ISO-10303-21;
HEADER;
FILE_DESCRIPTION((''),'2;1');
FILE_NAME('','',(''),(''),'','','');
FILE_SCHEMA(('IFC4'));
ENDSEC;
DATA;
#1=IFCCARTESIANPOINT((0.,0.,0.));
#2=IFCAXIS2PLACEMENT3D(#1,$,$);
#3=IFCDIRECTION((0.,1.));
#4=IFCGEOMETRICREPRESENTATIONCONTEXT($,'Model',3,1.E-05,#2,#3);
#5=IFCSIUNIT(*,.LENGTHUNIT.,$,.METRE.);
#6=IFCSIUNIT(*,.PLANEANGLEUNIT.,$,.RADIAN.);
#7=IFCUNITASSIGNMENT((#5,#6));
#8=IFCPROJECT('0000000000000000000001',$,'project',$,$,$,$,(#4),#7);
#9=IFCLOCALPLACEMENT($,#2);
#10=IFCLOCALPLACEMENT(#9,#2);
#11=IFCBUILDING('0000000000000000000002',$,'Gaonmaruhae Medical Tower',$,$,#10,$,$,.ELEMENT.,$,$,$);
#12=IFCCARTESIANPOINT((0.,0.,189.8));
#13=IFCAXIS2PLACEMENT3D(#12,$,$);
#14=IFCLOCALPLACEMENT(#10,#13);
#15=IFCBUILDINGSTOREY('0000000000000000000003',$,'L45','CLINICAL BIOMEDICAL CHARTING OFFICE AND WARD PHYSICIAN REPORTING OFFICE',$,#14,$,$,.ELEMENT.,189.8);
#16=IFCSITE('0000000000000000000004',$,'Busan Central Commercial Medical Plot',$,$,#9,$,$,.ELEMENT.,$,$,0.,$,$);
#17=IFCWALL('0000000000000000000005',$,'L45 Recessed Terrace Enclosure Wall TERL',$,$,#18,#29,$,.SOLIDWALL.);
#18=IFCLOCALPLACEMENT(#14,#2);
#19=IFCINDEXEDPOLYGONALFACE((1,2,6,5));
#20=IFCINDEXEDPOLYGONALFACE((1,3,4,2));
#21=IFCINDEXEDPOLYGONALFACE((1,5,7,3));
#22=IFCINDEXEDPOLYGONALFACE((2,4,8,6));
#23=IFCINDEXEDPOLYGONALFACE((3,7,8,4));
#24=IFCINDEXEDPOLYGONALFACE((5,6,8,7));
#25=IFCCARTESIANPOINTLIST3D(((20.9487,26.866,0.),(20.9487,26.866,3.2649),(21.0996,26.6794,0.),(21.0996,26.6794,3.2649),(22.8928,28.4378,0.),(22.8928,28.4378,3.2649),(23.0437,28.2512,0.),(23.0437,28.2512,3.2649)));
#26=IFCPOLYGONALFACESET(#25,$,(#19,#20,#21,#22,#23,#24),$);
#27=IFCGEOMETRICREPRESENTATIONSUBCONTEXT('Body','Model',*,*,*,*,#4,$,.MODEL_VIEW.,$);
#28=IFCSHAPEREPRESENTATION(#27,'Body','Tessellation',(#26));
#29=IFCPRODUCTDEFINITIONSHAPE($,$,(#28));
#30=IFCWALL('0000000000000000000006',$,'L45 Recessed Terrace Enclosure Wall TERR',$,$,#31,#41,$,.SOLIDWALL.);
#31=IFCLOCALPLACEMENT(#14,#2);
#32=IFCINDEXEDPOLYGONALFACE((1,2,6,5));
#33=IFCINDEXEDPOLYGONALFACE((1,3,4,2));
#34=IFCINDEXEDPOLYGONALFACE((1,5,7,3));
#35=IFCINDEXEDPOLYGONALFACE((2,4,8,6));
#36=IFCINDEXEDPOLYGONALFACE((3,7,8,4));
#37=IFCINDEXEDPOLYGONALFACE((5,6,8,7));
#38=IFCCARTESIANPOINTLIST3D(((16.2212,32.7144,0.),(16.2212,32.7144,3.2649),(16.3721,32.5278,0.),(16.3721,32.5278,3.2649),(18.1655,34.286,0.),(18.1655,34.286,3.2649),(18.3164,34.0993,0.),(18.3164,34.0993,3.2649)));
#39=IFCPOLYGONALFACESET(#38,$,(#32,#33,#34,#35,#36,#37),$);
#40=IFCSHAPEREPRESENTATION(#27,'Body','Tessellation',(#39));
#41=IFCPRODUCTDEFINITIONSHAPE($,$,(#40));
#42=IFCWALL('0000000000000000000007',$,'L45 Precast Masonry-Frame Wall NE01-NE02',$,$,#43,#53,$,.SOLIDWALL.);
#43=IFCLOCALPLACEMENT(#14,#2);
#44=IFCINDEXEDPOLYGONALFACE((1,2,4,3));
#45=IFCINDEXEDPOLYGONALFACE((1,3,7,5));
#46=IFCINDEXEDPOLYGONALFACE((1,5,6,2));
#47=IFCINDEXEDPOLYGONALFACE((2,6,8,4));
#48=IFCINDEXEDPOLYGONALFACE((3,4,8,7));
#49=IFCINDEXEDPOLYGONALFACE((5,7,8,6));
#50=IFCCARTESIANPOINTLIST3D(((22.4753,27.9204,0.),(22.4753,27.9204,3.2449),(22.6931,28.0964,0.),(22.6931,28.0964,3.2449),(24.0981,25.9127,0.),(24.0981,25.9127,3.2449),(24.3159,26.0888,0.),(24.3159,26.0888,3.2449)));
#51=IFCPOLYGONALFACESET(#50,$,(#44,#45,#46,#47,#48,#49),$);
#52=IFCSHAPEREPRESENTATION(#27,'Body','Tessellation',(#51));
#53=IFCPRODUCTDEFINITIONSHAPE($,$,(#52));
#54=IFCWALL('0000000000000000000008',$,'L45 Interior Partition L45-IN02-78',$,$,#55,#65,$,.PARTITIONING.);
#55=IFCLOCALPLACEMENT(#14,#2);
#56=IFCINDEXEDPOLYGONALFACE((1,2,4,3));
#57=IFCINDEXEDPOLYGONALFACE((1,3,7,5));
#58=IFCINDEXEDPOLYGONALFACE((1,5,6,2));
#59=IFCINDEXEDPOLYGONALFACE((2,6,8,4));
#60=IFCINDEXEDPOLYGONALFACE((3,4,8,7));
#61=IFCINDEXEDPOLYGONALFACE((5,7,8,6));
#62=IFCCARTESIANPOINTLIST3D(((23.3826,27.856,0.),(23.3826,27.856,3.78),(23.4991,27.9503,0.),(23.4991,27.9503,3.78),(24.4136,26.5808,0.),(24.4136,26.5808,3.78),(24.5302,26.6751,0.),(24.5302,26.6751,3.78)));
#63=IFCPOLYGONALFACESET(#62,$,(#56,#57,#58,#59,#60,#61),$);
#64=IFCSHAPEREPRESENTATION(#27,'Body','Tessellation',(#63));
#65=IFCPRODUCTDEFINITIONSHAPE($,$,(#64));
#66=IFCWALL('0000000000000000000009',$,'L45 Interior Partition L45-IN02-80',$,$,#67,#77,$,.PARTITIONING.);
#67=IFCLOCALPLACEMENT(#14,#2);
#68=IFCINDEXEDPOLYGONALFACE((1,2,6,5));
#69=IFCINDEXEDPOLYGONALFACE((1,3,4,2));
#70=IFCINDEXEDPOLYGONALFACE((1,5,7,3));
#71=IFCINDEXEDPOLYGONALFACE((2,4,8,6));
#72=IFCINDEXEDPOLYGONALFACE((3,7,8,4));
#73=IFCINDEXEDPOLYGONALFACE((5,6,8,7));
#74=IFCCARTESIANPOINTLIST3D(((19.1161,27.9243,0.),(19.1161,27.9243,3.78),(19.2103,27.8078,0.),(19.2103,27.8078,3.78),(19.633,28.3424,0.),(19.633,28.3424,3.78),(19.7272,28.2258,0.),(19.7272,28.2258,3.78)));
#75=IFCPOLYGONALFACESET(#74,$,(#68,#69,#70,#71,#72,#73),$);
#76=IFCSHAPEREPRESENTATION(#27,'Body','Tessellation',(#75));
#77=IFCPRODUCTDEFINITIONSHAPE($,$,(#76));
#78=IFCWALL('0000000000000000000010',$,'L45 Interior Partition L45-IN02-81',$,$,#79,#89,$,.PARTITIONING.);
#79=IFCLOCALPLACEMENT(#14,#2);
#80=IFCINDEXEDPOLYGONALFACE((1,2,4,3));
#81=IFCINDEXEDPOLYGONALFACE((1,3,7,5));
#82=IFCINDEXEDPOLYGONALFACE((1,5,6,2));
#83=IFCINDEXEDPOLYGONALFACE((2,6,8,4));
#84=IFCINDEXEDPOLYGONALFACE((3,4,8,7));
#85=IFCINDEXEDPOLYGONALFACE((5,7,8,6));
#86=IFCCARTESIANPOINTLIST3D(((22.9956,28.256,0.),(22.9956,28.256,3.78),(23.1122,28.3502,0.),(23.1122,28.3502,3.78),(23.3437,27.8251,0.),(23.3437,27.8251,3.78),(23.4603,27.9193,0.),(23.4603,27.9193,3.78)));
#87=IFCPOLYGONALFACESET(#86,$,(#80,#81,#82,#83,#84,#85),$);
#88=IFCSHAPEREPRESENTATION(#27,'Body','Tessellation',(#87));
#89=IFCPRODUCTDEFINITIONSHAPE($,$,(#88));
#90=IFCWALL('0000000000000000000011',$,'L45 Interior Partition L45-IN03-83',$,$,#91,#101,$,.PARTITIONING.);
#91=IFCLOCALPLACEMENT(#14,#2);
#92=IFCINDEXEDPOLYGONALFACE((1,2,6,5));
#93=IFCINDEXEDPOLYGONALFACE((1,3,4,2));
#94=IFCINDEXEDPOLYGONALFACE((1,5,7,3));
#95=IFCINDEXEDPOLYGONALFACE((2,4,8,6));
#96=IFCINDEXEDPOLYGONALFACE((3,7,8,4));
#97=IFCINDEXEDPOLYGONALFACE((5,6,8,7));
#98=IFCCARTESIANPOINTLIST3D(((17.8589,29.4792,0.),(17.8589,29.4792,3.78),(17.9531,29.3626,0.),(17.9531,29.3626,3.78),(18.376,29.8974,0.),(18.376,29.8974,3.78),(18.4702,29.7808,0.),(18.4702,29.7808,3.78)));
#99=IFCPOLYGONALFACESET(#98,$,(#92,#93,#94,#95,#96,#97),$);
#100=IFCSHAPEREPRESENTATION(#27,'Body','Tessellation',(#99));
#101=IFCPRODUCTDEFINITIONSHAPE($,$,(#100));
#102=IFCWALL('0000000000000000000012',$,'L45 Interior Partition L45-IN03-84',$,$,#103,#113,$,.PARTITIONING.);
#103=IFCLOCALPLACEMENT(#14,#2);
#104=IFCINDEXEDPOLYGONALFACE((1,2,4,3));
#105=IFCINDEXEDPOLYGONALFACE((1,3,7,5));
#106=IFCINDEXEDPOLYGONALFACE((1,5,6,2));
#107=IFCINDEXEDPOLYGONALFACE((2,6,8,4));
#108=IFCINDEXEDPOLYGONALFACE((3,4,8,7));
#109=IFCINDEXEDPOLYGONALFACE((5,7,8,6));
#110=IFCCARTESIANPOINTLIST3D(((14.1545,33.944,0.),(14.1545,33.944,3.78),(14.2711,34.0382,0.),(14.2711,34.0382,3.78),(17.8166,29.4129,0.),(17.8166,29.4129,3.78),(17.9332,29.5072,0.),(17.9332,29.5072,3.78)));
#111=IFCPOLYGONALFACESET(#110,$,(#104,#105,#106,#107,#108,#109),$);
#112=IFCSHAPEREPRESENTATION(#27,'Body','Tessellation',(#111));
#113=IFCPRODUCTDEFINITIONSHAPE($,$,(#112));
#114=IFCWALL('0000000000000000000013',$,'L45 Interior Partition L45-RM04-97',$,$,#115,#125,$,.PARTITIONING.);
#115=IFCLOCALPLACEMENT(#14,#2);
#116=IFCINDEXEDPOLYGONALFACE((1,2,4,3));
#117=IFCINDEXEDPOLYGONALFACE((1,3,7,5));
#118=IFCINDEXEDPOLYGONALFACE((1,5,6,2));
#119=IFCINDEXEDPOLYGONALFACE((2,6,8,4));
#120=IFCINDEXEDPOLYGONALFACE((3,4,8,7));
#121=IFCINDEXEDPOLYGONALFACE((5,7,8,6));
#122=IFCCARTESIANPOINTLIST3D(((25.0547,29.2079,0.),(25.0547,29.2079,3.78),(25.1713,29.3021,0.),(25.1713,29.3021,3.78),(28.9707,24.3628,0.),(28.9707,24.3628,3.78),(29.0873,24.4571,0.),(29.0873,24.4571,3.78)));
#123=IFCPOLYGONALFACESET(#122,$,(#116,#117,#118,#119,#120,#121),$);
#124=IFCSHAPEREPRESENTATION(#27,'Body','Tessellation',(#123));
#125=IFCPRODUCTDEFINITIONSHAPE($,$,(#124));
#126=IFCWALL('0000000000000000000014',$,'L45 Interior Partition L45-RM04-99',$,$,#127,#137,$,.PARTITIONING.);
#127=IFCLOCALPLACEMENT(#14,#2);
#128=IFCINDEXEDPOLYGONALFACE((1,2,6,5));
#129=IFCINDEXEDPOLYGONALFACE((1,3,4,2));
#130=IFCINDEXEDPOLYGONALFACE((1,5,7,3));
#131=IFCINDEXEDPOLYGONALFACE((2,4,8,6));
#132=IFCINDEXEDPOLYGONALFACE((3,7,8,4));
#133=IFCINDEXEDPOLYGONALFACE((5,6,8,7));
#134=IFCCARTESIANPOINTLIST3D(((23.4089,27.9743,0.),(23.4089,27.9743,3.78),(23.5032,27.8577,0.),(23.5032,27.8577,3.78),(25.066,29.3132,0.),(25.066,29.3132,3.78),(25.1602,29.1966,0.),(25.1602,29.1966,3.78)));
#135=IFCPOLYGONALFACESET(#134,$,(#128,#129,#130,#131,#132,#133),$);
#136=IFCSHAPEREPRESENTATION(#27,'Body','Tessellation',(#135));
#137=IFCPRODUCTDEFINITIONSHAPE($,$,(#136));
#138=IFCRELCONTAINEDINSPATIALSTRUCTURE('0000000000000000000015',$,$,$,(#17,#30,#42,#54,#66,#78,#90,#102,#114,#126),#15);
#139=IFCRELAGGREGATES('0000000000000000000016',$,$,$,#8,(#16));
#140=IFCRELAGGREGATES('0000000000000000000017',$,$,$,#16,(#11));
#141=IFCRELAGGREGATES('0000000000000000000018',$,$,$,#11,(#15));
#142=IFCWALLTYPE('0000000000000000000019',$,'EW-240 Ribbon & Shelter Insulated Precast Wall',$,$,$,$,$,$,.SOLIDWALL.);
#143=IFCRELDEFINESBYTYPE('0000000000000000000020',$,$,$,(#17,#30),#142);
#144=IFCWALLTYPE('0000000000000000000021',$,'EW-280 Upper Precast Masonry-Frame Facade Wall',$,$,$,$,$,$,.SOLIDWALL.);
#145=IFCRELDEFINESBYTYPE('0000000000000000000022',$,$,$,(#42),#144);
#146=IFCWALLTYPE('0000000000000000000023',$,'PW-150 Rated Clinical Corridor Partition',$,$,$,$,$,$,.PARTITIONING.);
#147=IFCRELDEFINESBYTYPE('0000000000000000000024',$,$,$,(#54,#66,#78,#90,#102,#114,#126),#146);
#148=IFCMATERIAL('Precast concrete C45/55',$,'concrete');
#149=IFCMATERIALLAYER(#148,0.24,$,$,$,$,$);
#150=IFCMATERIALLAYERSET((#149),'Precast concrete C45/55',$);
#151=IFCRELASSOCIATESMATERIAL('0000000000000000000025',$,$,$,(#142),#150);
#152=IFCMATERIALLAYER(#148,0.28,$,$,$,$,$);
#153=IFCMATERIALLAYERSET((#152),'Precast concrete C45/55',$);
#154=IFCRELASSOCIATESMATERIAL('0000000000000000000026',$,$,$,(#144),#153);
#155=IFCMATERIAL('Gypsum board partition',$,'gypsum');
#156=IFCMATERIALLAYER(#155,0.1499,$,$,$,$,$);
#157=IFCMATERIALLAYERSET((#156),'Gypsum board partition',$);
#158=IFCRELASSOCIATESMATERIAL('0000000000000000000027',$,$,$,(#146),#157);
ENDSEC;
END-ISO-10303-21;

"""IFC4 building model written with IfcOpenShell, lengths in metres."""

from ifc_helpers import new_model, si_unit, direction, frame, frame_2d, origin, place, context, subcontext, project, spatial, rectangle, extrude, material, layer, layer_set, type_object, element, save


model = new_model("IFC4")

# Units and contexts
model_context = context("Model", 3, precision=1e-05, world=origin(), true_north=direction((0.0, 1.0)))
body_context = subcontext(model_context, "Body", "Model", "MODEL_VIEW")
ifc_project = project(units=[si_unit("LENGTHUNIT", "METRE"), si_unit("PLANEANGLEUNIT", "RADIAN")], contexts=[model_context])

# Site, building, storey
site_placement = place(None, origin())
site = spatial("IfcSite", under=ifc_project, at=site_placement, Name="Busan Central Commercial Medical Plot", CompositionType="ELEMENT", RefElevation=0.0)
building_placement = place(site_placement, origin())
building = spatial("IfcBuilding", under=site, at=building_placement, Name="Gaonmaruhae Medical Tower", CompositionType="ELEMENT")
storey_placement = place(building_placement, frame((0.0, 0.0, 189.8)))
storey = spatial("IfcBuildingStorey", under=building, at=storey_placement, Name="L45", Description="CLINICAL BIOMEDICAL CHARTING OFFICE AND WARD PHYSICIAN REPORTING OFFICE", CompositionType="ELEMENT", Elevation=189.8)

# Shared definitions
ifc_material_1 = material(Name="Precast concrete C45/55", Category="concrete")
ifc_layer_1 = layer(ifc_material_1, 0.24)
ifc_layer_set_1 = layer_set([ifc_layer_1], Name="Precast concrete C45/55")
wall_type_1 = type_object("IfcWallType", Name="EW-240 Ribbon & Shelter Insulated Precast Wall", PredefinedType="SOLIDWALL", material=ifc_layer_set_1)

# Walls
for number, where, z_axis, x_axis, name in (
    (1, (21.0242, 26.7727, 0.0), (0.0, 0.0, 1.0), (0.777638, 0.628712, 0.0), "L45 Recessed Terrace Enclosure Wall TERL"),
    (2, (18.241, 34.1926, 0.0), (0.0, 0.0, 1.0), (-0.777724, -0.628605, 0.0), "L45 Recessed Terrace Enclosure Wall TERR"),
):
    element("IfcWall", number, at=place(storey_placement, frame(where, z_axis=z_axis, x_axis=x_axis)), inside=storey, type_object=wall_type_1, Name=name, PredefinedType="SOLIDWALL", context=body_context, shape_type="SweptSolid", body=[
        extrude(rectangle(XDim=2.5, YDim=0.24, at=frame_2d((1.25, 0.0))), origin(), (0.0, 0.0, 1.0), 3.2649),
    ])
ifc_layer_2 = layer(ifc_material_1, 0.28)
ifc_layer_set_2 = layer_set([ifc_layer_2], Name="Precast concrete C45/55")
wall_type_2 = type_object("IfcWallType", Name="EW-280 Upper Precast Masonry-Frame Facade Wall", PredefinedType="SOLIDWALL", material=ifc_layer_set_2)
wall_1_placement = place(storey_placement, frame((24.207, 26.0007, 0.0), z_axis=(0.0, 0.0, 1.0), x_axis=(-0.628643, 0.777694, 0.0)))
element("IfcWall", 3, at=wall_1_placement, inside=storey, type_object=wall_type_2, Name="L45 Precast Masonry-Frame Wall NE01-NE02", PredefinedType="SOLIDWALL", context=body_context, shape_type="SweptSolid", body=[
    extrude(rectangle(XDim=2.5815, YDim=0.28, at=frame_2d((1.2908, 0.0))), origin(), (0.0, 0.0, 1.0), 3.2449),
])
ifc_material_2 = material(Name="Gypsum board partition", Category="gypsum")
ifc_layer_3 = layer(ifc_material_2, 0.1499)
ifc_layer_set_3 = layer_set([ifc_layer_3], Name="Gypsum board partition")
wall_type_3 = type_object("IfcWallType", Name="PW-150 Rated Clinical Corridor Partition", PredefinedType="PARTITIONING", material=ifc_layer_set_3)
wall_2_placement = place(storey_placement, frame((23.4409, 27.9031, 0.0), z_axis=(0.0, 0.0, 1.0), x_axis=(0.628736, -0.777619, 0.0)))
element("IfcWall", 4, at=wall_2_placement, inside=storey, type_object=wall_type_3, Name="L45 Interior Partition L45-IN02-78", PredefinedType="PARTITIONING", context=body_context, shape_type="SweptSolid", body=[
    extrude(rectangle(XDim=1.6399, YDim=0.1499, at=frame_2d((0.8198, 0.0))), origin(), (0.0, 0.0, 1.0), 3.78),
])
wall_3_placement = place(storey_placement, frame((19.1631, 27.866, 0.0), z_axis=(0.0, 0.0, 1.0), x_axis=(0.777561, 0.628807, 0.0)))
element("IfcWall", 5, at=wall_3_placement, inside=storey, type_object=wall_type_3, Name="L45 Interior Partition L45-IN02-80", PredefinedType="PARTITIONING", context=body_context, shape_type="SweptSolid", body=[
    extrude(rectangle(XDim=0.6648, YDim=0.1499, at=frame_2d((0.3325, 0.0))), origin(), (0.0, 0.0, 1.0), 3.78),
])
wall_4_placement = place(storey_placement, frame((23.054, 28.303, 0.0), z_axis=(0.0, 0.0, 1.0), x_axis=(0.62845, -0.77785, 0.0)))
element("IfcWall", 6, at=wall_4_placement, inside=storey, type_object=wall_type_3, Name="L45 Interior Partition L45-IN02-81", PredefinedType="PARTITIONING", context=body_context, shape_type="SweptSolid", body=[
    extrude(rectangle(XDim=0.554, YDim=0.1499, at=frame_2d((0.2769, 0.0))), origin(), (0.0, 0.0, 1.0), 3.78),
])
wall_5_placement = place(storey_placement, frame((18.4231, 29.8391, 0.0), z_axis=(0.0, 0.0, 1.0), x_axis=(-0.777527, -0.62885, 0.0)))
element("IfcWall", 7, at=wall_5_placement, inside=storey, type_object=wall_type_3, Name="L45 Interior Partition L45-IN03-83", PredefinedType="PARTITIONING", context=body_context, shape_type="SweptSolid", body=[
    extrude(rectangle(XDim=0.665, YDim=0.1499, at=frame_2d((0.3325, 0.0))), origin(), (0.0, 0.0, 1.0), 3.78),
])
wall_6_placement = place(storey_placement, frame((17.875, 29.46, 0.0), z_axis=(0.0, 0.0, 1.0), x_axis=(-0.628592, 0.777736, 0.0)))
element("IfcWall", 8, at=wall_6_placement, inside=storey, type_object=wall_type_3, Name="L45 Interior Partition L45-IN03-84", PredefinedType="PARTITIONING", context=body_context, shape_type="SweptSolid", body=[
    extrude(rectangle(XDim=5.8259, YDim=0.1499, at=frame_2d((2.9131, 0.0))), origin(), (0.0, 0.0, 1.0), 3.78),
])
wall_7_placement = place(storey_placement, frame((25.113, 29.2549, 0.0), z_axis=(0.0, 0.0, 1.0), x_axis=(0.628606, -0.777724, 0.0)))
element("IfcWall", 9, at=wall_7_placement, inside=storey, type_object=wall_type_3, Name="L45 Interior Partition L45-RM04-97", PredefinedType="PARTITIONING", context=body_context, shape_type="SweptSolid", body=[
    extrude(rectangle(XDim=6.2297, YDim=0.1499, at=frame_2d((3.1147, 0.0))), origin(), (0.0, 0.0, 1.0), 3.78),
])
wall_8_placement = place(storey_placement, frame((23.4561, 27.916, 0.0), z_axis=(0.0, 0.0, 1.0), x_axis=(0.777818, 0.628489, 0.0)))
element("IfcWall", 10, at=wall_8_placement, inside=storey, type_object=wall_type_3, Name="L45 Interior Partition L45-RM04-99", PredefinedType="PARTITIONING", context=body_context, shape_type="SweptSolid", body=[
    extrude(rectangle(XDim=2.1304, YDim=0.1499, at=frame_2d((1.0652, 0.0))), origin(), (0.0, 0.0, 1.0), 3.78),
])

save(model, "model.ifc")
